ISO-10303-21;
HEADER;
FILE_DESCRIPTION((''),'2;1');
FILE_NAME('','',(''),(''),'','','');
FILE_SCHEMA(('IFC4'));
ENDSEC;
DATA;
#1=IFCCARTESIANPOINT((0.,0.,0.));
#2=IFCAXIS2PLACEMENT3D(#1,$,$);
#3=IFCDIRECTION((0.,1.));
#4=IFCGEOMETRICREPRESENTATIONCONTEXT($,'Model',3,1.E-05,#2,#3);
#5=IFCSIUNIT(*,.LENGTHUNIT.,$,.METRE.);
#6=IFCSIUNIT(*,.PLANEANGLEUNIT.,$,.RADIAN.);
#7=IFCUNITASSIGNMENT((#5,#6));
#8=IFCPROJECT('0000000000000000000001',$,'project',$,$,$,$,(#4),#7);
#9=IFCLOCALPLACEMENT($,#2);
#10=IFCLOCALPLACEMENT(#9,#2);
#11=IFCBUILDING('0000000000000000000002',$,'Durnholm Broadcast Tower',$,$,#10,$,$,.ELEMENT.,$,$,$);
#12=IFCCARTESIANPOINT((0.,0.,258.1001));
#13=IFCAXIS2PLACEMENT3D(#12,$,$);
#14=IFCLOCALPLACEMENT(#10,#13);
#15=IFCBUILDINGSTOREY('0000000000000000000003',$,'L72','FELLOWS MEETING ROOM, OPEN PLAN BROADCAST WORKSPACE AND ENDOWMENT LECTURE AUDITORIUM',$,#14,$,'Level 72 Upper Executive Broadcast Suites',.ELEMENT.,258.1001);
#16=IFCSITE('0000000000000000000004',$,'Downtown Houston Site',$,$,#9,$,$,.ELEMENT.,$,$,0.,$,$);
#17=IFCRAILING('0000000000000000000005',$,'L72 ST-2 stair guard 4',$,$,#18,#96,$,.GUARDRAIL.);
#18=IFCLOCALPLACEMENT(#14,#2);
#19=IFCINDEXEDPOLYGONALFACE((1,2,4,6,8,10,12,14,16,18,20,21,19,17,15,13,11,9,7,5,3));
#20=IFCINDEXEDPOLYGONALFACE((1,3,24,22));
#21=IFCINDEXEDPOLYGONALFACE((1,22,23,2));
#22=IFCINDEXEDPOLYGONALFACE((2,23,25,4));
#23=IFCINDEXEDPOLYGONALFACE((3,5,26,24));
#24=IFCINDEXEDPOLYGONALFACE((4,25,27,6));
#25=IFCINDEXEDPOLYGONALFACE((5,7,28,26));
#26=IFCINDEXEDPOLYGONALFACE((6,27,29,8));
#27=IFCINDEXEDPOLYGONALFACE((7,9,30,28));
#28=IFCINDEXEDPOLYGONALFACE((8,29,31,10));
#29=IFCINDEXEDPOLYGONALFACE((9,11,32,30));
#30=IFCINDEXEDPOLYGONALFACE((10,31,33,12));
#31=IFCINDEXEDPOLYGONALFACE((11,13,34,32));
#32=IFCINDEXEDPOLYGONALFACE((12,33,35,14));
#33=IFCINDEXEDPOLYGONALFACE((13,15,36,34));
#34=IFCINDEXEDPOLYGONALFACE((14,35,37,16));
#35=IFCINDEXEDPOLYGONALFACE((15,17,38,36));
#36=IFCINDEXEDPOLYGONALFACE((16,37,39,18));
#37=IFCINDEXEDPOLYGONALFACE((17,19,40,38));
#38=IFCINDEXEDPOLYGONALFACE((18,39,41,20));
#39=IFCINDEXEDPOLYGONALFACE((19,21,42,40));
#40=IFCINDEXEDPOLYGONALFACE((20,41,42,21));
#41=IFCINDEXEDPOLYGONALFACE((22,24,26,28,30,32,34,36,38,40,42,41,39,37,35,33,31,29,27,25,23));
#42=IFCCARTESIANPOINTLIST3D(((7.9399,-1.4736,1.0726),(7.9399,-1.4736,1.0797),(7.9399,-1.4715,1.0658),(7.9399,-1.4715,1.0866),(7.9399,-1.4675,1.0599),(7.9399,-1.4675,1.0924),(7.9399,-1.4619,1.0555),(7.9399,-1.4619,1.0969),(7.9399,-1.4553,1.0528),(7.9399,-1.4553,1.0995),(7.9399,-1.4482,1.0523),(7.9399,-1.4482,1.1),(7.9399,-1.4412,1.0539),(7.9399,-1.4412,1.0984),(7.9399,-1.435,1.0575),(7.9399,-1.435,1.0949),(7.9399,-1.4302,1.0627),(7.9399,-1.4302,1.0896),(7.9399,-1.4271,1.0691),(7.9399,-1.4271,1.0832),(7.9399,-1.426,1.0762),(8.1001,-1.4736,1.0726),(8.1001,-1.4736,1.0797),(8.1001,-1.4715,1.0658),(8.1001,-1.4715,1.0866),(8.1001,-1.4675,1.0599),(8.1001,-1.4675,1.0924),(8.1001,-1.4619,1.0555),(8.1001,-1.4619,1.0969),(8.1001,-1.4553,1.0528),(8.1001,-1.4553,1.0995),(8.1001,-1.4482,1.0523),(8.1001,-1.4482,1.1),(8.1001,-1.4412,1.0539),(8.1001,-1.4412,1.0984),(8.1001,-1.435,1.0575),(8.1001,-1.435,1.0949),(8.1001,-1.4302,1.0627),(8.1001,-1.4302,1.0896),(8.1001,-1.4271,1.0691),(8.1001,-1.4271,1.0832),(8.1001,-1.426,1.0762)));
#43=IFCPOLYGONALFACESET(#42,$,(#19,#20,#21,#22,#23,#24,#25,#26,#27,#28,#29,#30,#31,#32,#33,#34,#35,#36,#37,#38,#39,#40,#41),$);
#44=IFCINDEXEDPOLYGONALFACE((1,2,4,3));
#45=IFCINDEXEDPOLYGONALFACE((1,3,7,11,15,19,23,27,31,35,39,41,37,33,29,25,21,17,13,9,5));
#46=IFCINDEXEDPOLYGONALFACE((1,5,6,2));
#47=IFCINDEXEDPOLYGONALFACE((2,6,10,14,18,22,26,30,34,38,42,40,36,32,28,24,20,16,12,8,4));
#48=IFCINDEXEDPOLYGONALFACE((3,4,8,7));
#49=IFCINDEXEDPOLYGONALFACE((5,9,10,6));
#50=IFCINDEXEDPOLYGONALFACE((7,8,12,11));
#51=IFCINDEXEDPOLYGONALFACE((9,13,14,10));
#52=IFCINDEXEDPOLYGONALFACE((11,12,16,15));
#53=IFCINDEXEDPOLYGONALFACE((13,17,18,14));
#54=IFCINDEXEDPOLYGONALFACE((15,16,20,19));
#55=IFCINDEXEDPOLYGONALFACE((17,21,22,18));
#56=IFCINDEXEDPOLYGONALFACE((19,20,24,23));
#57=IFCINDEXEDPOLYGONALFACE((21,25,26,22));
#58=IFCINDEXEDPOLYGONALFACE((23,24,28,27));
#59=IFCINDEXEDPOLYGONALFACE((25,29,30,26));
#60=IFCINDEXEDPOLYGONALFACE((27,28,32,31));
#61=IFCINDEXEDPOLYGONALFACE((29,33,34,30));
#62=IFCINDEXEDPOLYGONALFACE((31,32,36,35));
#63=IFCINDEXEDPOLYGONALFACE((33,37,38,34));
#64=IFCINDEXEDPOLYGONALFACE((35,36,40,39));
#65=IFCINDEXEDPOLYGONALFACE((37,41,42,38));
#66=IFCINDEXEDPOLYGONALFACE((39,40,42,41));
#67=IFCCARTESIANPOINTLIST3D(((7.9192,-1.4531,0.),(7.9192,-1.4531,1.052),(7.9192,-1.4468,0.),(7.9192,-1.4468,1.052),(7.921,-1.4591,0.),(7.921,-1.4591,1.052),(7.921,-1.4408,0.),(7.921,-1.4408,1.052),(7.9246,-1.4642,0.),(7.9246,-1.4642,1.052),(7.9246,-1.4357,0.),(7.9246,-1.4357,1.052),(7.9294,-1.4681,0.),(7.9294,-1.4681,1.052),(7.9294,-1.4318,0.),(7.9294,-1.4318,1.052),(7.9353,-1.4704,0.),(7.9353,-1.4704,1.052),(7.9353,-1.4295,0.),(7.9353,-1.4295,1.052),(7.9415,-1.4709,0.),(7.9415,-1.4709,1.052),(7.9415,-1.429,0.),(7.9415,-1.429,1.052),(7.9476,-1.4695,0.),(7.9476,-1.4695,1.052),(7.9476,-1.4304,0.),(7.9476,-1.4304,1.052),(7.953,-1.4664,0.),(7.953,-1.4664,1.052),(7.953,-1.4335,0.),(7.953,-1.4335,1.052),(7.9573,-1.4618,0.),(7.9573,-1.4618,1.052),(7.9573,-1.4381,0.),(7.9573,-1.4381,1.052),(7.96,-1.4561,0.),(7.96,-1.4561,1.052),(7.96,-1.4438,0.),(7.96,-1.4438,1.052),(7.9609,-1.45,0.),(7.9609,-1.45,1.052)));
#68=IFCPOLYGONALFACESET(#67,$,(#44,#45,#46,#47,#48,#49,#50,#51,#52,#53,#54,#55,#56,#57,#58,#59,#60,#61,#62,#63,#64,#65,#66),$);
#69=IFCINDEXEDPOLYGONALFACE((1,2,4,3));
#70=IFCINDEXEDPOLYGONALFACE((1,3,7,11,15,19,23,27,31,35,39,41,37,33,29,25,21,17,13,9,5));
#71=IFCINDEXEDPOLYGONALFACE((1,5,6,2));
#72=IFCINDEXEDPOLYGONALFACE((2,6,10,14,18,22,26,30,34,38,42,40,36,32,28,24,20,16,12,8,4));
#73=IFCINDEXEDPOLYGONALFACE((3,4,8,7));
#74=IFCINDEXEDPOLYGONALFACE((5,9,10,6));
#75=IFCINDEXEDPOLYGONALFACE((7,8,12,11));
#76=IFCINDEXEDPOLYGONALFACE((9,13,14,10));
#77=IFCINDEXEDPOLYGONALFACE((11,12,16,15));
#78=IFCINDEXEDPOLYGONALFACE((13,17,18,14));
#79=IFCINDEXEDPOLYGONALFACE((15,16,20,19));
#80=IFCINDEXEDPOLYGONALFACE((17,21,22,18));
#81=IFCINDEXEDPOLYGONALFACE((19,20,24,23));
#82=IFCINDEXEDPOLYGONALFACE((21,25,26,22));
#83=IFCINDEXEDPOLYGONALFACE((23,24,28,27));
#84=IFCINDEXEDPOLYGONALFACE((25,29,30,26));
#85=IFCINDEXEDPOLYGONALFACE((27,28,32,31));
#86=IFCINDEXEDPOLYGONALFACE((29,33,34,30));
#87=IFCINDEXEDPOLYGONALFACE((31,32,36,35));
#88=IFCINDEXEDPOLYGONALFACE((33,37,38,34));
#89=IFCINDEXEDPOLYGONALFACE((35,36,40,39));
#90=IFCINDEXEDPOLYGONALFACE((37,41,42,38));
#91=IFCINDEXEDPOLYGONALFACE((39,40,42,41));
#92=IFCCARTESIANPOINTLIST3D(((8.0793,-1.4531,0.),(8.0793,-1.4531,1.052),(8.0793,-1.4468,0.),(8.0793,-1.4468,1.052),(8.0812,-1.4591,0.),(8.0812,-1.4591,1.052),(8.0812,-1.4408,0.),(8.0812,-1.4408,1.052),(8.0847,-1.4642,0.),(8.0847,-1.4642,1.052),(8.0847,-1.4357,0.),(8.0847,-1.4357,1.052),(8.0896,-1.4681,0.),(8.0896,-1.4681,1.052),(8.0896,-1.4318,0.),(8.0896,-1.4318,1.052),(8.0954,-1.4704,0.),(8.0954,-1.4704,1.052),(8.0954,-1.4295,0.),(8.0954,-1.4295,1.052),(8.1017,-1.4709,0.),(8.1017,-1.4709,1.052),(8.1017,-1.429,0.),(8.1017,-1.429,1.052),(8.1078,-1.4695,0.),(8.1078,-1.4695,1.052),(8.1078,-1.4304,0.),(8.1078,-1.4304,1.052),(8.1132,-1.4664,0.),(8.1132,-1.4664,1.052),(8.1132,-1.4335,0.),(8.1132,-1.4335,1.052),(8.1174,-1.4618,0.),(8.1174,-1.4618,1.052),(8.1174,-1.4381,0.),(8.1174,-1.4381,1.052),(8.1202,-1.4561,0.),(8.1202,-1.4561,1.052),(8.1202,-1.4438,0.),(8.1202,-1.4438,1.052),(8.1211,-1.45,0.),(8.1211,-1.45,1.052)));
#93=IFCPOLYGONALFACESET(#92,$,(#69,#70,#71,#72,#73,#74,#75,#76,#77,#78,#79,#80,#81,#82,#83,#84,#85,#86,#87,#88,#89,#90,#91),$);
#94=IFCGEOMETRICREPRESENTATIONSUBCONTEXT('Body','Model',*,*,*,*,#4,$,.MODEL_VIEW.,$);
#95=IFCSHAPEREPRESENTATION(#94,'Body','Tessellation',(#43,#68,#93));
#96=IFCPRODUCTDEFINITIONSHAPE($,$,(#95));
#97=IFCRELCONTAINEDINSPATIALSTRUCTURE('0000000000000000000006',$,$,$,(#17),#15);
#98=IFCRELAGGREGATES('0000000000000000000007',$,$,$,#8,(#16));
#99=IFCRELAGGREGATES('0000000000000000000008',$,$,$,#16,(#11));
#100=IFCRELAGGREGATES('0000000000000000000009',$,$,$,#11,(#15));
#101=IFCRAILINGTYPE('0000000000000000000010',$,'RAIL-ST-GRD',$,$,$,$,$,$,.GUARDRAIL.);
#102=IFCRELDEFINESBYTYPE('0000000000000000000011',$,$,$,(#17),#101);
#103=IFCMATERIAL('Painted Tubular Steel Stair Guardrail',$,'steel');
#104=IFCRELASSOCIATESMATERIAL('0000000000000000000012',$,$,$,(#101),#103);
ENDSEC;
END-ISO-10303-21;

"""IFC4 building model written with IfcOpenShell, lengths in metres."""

from ifc_helpers import new_model, si_unit, direction, frame, origin, origin_2d, place, context, subcontext, project, spatial, circle, extrude, material, type_object, element, save


model = new_model("IFC4")

# Units and contexts
model_context = context("Model", 3, precision=1e-05, world=origin(), true_north=direction((0.0, 1.0)))
body_context = subcontext(model_context, "Body", "Model", "MODEL_VIEW")
ifc_project = project(units=[si_unit("LENGTHUNIT", "METRE"), si_unit("PLANEANGLEUNIT", "RADIAN")], contexts=[model_context])

# Site, building, storey
site_placement = place(None, origin())
site = spatial("IfcSite", under=ifc_project, at=site_placement, Name="Downtown Houston Site", CompositionType="ELEMENT", RefElevation=0.0)
building_placement = place(site_placement, origin())
building = spatial("IfcBuilding", under=site, at=building_placement, Name="Durnholm Broadcast Tower", CompositionType="ELEMENT")
storey_placement = place(building_placement, frame((0.0, 0.0, 258.1001)))
storey = spatial("IfcBuildingStorey", under=building, at=storey_placement, Name="L72", Description="FELLOWS MEETING ROOM, OPEN PLAN BROADCAST WORKSPACE AND ENDOWMENT LECTURE AUDITORIUM", LongName="Level 72 Upper Executive Broadcast Suites", CompositionType="ELEMENT", Elevation=258.1001)

# Railing
ifc_material_1 = material(Name="Painted Tubular Steel Stair Guardrail", Category="steel")
railing_type_1 = type_object("IfcRailingType", Name="RAIL-ST-GRD", PredefinedType="GUARDRAIL", material=ifc_material_1)
railing_1_placement = place(storey_placement, frame((7.9399, -1.45, 0.0)))
element("IfcRailing", 1, at=railing_1_placement, inside=storey, type_object=railing_type_1, Name="L72 ST-2 stair guard 4", PredefinedType="GUARDRAIL", context=body_context, shape_type="SweptSolid", body=[
    extrude(circle(Radius=0.0239, at=origin_2d()), frame((0.0, 0.0, 1.0762), z_axis=(1.0, 0.0, 0.0), x_axis=(0.0, 1.0, 0.0)), (0.0, 0.0, 1.0), 0.1602),
    extrude(circle(Radius=0.021, at=origin_2d()), origin(), (0.0, 0.0, 1.0), 1.052),
    extrude(circle(Radius=0.021, at=origin_2d()), frame((0.1602, 0.0, 0.0)), (0.0, 0.0, 1.0), 1.052),
])

save(model, "model.ifc")
